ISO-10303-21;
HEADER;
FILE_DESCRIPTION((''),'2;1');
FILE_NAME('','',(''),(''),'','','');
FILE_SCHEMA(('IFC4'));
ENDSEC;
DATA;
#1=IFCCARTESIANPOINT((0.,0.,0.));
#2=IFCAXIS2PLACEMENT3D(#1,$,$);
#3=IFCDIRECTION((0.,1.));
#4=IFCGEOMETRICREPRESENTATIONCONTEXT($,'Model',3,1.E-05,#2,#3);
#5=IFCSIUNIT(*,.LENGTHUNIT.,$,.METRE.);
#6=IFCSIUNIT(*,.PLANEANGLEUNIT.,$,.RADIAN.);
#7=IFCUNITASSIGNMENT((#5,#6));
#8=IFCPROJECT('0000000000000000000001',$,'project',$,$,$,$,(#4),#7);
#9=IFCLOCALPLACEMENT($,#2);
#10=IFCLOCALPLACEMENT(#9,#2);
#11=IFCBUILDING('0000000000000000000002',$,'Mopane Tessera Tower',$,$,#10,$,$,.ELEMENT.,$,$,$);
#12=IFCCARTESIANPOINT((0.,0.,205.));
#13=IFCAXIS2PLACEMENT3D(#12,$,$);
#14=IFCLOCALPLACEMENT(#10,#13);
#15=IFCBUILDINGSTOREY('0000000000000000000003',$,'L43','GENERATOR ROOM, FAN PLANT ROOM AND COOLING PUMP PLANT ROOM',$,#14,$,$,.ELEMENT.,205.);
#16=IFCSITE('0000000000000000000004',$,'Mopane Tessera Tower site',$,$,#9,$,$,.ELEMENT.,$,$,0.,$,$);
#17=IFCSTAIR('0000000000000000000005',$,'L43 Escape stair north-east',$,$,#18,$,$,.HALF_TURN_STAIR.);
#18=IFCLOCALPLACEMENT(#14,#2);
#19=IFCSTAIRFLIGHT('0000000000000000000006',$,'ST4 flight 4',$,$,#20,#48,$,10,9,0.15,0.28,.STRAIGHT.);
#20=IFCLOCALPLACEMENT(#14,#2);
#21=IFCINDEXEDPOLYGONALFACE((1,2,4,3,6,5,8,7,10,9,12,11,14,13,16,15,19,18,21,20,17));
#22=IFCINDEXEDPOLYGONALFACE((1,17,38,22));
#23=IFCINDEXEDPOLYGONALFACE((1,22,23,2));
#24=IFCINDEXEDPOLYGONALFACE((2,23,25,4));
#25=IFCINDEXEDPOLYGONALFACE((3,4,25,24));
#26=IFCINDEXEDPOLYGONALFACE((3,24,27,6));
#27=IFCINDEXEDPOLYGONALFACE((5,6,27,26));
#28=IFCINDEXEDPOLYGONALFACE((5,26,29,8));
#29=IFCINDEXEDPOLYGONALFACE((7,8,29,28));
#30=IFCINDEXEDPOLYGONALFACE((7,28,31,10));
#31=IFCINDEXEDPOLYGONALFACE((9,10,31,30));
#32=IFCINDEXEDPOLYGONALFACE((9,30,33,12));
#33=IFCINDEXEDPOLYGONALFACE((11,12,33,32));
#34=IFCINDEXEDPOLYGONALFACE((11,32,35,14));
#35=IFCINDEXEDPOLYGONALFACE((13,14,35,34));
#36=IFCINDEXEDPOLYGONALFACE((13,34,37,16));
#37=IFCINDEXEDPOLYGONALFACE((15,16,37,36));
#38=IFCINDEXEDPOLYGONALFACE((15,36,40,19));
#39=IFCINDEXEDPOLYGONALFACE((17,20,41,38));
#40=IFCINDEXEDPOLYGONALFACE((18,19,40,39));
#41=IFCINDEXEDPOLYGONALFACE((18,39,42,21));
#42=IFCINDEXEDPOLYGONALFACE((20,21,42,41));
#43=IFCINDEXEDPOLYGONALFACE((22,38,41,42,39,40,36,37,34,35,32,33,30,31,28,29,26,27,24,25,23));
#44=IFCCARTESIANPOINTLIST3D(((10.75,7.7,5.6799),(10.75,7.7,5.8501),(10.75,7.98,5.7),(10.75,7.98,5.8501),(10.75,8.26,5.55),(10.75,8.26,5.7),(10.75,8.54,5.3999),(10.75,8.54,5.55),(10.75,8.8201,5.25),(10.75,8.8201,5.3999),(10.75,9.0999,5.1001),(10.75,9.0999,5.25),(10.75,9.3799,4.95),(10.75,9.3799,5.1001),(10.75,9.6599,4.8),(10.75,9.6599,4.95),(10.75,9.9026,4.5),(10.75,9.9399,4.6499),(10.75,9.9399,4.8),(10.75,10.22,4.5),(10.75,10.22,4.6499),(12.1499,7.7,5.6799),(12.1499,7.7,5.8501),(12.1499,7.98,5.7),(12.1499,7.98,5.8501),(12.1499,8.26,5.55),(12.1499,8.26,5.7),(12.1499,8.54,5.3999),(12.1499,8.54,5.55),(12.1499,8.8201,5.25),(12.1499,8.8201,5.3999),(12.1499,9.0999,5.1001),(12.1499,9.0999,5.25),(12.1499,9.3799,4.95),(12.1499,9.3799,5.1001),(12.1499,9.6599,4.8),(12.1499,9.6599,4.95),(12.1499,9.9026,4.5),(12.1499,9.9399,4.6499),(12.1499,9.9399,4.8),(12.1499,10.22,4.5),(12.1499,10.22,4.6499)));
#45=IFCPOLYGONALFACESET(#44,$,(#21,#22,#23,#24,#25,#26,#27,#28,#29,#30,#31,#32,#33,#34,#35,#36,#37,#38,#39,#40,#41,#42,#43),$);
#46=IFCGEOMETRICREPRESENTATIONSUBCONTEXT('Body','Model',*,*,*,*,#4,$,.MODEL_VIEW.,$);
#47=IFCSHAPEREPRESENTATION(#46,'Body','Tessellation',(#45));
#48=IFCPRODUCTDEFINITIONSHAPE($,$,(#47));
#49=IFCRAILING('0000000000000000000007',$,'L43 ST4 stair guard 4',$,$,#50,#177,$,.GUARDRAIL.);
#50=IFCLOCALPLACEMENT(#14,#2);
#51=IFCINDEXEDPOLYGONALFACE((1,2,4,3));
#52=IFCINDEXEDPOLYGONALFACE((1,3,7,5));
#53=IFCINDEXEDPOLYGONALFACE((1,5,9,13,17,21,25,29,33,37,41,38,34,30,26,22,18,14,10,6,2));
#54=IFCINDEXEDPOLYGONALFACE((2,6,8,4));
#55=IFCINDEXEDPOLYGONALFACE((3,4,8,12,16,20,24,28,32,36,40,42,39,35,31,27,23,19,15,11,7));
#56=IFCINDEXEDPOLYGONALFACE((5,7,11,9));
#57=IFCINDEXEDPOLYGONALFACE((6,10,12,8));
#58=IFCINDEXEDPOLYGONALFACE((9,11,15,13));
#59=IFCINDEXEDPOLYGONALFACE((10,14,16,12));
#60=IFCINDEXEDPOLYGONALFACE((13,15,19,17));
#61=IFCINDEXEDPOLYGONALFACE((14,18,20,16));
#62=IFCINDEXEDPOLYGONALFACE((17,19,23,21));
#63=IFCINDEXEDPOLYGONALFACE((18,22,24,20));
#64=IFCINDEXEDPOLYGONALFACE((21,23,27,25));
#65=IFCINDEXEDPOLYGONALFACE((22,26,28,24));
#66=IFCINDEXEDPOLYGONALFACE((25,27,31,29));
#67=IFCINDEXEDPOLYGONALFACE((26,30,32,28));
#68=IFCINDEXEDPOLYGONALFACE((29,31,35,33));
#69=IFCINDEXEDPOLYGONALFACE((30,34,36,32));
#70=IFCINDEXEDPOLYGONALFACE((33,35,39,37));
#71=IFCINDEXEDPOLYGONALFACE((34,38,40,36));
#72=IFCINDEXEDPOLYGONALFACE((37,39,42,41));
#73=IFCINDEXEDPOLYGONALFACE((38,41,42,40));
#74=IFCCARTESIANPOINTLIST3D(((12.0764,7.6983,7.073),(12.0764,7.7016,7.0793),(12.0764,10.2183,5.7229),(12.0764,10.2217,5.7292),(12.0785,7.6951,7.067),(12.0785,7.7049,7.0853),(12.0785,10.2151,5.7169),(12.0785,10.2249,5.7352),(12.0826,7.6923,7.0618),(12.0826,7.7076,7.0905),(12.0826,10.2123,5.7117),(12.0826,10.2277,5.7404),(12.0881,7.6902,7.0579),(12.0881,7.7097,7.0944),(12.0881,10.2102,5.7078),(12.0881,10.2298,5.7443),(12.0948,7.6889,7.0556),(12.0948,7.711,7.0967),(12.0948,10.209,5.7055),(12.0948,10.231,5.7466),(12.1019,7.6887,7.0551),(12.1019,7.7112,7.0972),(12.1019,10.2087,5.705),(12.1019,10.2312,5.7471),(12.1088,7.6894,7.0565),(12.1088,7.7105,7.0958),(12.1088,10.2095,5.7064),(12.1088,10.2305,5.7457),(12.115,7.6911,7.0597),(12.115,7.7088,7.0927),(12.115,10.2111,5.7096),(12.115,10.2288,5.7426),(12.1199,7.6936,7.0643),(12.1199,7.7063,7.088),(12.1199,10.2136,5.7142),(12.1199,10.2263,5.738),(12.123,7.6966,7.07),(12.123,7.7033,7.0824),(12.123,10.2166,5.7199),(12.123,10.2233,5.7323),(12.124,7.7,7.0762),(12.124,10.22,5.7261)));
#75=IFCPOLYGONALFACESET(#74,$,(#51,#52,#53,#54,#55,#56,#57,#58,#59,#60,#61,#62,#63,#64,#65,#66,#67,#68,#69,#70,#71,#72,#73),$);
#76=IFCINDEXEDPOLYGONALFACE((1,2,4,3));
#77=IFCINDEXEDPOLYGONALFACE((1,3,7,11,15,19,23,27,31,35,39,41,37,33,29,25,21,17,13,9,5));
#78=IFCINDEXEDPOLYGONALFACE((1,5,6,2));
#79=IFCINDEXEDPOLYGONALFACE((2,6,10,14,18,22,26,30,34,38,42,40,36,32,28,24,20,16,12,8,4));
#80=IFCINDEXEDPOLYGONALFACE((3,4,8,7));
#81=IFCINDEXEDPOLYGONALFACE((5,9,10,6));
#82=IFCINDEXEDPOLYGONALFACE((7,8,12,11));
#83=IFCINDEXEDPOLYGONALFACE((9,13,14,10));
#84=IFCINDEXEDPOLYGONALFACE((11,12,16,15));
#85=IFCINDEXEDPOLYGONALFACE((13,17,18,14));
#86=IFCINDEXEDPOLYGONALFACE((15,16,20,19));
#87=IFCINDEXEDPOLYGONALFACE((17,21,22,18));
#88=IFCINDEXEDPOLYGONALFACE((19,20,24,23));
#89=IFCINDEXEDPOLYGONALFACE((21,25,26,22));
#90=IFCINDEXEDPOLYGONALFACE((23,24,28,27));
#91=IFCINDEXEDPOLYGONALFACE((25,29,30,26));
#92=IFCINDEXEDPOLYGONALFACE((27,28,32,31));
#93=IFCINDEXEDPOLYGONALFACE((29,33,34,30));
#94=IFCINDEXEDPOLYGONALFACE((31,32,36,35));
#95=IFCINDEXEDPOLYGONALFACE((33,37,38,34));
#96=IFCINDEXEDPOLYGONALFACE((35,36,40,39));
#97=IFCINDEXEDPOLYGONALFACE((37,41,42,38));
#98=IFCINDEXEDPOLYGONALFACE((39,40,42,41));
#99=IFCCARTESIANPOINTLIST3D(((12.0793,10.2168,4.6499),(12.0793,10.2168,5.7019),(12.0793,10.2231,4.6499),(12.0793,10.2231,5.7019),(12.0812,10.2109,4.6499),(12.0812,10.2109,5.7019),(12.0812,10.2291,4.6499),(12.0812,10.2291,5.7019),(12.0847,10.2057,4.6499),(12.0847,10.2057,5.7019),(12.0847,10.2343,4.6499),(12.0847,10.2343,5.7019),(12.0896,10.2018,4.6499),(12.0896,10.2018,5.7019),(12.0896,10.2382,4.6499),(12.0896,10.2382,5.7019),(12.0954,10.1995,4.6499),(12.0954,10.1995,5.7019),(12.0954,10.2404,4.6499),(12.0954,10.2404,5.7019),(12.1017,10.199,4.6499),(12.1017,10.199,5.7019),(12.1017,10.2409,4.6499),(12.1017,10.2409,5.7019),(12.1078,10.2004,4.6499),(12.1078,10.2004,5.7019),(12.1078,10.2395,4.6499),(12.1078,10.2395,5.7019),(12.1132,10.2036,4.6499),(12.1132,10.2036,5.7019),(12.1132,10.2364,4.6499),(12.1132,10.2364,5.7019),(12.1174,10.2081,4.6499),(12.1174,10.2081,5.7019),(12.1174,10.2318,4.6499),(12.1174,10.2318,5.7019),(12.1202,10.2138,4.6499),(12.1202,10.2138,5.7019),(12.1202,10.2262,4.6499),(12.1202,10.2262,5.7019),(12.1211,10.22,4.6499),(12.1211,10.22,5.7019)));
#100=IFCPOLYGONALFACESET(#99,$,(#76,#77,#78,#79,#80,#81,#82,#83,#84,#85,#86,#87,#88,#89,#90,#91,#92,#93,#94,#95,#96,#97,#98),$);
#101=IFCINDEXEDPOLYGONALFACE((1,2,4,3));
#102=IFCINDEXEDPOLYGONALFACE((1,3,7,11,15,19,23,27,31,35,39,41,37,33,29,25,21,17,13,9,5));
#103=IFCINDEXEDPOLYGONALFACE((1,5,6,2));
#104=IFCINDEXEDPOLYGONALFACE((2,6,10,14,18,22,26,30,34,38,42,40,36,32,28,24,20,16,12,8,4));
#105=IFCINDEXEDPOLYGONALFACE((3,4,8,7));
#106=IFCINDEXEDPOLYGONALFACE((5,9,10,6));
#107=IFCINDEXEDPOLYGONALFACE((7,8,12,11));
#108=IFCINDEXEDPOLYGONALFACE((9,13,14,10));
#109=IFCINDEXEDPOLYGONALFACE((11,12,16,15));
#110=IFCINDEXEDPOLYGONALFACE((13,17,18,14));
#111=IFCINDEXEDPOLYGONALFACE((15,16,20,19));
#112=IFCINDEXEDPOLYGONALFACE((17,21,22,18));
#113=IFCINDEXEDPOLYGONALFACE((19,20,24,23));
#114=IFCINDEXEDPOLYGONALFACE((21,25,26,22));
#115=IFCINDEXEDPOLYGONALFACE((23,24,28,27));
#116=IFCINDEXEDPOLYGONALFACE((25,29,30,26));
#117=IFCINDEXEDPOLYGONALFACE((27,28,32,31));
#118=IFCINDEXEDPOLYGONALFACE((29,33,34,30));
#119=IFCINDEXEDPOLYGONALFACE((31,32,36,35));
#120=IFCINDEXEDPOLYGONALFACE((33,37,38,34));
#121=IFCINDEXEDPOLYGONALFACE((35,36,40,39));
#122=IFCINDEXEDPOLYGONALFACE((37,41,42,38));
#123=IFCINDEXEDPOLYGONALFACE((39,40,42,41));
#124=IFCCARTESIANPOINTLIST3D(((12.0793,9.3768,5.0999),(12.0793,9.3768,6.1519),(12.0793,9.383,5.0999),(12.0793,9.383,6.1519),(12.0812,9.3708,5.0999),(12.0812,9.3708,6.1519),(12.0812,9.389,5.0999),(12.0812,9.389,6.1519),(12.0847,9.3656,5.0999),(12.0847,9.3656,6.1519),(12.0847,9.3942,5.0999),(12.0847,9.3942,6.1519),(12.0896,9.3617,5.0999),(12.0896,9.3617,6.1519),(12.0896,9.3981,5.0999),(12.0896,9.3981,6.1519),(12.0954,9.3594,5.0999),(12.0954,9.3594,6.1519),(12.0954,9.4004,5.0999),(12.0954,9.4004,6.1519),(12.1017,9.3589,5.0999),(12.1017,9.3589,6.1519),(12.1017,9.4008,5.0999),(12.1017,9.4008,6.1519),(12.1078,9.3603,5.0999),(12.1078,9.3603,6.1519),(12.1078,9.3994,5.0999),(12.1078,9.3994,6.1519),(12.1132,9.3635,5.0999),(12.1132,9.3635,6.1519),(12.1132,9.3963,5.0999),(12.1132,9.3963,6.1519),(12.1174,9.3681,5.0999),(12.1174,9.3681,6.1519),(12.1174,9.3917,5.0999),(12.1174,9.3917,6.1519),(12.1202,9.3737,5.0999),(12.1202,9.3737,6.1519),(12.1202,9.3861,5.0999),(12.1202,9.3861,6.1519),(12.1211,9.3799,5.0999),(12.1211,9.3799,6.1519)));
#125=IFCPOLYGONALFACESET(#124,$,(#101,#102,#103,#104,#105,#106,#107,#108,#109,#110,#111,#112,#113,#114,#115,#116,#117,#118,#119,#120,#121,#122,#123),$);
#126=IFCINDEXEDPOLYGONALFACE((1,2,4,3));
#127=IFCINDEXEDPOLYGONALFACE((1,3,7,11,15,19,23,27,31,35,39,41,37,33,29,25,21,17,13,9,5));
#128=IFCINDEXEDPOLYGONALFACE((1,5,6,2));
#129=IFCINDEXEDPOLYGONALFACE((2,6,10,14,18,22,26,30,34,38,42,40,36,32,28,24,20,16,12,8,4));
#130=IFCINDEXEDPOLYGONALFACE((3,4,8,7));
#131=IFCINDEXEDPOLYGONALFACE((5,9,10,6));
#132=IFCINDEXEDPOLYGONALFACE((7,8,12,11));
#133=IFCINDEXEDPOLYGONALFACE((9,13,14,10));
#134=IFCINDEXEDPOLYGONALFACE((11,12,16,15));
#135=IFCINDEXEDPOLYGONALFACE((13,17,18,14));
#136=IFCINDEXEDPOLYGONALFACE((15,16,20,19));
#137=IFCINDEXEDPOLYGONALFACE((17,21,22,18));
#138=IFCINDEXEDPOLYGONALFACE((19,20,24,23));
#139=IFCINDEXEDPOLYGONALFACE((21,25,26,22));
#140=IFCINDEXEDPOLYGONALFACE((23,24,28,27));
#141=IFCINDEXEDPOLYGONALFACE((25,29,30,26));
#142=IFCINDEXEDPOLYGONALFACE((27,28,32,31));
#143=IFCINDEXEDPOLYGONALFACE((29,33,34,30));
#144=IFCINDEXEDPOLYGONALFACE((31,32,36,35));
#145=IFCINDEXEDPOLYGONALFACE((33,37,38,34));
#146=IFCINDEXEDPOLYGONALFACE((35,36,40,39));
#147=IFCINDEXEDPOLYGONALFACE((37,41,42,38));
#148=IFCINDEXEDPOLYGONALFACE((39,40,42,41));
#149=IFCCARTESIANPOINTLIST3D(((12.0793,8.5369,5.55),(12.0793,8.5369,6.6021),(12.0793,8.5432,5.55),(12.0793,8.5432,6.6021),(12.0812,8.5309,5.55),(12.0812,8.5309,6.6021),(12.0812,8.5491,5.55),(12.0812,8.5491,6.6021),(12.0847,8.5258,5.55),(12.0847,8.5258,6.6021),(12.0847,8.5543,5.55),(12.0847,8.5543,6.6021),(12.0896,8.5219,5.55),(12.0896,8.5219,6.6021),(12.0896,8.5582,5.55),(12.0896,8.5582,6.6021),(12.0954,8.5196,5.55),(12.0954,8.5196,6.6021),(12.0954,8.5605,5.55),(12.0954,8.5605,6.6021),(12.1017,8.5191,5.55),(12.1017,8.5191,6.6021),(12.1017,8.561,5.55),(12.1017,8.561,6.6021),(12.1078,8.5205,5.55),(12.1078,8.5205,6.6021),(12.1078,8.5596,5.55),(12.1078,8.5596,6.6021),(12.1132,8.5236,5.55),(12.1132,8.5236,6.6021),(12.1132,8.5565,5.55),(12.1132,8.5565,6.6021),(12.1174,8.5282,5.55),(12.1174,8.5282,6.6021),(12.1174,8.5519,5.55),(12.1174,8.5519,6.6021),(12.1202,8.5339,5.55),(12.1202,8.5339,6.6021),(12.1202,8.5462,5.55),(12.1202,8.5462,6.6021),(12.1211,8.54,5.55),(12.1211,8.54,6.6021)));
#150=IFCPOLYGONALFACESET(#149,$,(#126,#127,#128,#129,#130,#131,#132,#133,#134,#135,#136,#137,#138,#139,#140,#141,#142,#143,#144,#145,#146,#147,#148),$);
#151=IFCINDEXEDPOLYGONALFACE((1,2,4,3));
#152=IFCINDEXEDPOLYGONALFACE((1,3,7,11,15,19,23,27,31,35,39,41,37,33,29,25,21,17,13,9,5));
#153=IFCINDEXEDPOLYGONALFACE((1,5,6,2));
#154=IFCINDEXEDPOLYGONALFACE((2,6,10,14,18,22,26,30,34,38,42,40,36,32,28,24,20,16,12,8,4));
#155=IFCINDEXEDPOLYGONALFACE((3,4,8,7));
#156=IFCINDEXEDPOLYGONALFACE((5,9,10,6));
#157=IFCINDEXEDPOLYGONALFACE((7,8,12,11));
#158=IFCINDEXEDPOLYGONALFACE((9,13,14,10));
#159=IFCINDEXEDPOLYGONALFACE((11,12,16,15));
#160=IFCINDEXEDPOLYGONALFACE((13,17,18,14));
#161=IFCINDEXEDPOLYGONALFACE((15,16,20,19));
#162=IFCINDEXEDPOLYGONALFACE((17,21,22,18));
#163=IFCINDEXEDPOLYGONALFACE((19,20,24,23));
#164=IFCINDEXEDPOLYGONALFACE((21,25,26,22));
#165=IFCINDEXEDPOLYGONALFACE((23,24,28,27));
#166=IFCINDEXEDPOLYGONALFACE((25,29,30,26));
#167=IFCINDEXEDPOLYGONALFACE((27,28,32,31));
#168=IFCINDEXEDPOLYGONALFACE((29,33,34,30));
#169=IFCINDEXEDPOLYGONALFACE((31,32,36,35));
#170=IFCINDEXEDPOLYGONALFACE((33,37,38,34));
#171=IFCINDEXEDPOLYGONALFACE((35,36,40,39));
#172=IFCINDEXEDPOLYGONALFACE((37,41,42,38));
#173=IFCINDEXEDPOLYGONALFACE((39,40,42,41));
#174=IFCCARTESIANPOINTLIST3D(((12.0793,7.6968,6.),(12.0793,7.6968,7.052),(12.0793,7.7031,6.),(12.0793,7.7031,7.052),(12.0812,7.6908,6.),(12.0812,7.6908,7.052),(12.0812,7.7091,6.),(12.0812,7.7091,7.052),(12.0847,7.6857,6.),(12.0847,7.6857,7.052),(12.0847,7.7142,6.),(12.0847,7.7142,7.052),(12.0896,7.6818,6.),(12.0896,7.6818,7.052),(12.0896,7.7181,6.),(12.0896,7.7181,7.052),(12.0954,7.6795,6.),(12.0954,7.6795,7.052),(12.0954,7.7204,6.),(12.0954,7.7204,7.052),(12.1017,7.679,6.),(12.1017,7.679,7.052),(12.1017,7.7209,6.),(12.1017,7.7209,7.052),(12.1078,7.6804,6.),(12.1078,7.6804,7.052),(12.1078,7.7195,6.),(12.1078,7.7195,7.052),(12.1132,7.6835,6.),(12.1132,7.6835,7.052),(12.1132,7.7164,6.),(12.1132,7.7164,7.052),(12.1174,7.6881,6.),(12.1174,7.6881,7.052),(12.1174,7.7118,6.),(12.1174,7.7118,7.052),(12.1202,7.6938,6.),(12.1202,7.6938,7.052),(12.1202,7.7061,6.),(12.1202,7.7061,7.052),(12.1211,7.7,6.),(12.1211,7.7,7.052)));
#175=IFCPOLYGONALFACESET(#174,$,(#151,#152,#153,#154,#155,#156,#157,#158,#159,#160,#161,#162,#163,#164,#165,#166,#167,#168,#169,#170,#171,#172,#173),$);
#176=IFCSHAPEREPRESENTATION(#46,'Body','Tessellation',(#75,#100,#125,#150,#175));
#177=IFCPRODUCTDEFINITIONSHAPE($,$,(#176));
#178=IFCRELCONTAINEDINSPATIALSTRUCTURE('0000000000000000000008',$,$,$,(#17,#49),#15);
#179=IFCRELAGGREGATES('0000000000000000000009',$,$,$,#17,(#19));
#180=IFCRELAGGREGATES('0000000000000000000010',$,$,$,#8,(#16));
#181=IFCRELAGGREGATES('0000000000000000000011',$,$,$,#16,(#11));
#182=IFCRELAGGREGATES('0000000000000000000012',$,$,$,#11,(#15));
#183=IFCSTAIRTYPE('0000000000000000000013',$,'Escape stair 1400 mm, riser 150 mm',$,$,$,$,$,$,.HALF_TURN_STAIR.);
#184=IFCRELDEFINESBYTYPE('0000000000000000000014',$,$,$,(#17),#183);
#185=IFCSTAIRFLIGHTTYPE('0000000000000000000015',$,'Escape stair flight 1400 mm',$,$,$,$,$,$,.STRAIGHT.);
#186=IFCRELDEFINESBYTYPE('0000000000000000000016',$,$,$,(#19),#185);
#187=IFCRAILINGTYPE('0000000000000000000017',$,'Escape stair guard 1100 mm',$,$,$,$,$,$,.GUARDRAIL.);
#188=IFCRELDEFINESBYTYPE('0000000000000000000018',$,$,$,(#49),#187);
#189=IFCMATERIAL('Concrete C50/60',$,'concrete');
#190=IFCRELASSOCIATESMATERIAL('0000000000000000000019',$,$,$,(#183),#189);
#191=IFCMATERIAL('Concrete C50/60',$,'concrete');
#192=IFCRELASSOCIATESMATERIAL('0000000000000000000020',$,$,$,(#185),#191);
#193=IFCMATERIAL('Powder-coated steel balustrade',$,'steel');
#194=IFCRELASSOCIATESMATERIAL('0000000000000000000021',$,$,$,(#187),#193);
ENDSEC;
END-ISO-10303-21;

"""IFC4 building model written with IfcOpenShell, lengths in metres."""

from ifc_helpers import new_model, si_unit, direction, frame, origin, origin_2d, place, context, subcontext, project, spatial, polyline, circle, outline, extrude, material, type_object, element, aggregate, save


model = new_model("IFC4")

# Units and contexts
model_context = context("Model", 3, precision=1e-05, world=origin(), true_north=direction((0.0, 1.0)))
body_context = subcontext(model_context, "Body", "Model", "MODEL_VIEW")
ifc_project = project(units=[si_unit("LENGTHUNIT", "METRE"), si_unit("PLANEANGLEUNIT", "RADIAN")], contexts=[model_context])

# Site, building, storey
site_placement = place(None, origin())
site = spatial("IfcSite", under=ifc_project, at=site_placement, Name="Mopane Tessera Tower site", CompositionType="ELEMENT", RefElevation=0.0)
building_placement = place(site_placement, origin())
building = spatial("IfcBuilding", under=site, at=building_placement, Name="Mopane Tessera Tower", CompositionType="ELEMENT")
storey_placement = place(building_placement, frame((0.0, 0.0, 205.0)))
storey = spatial("IfcBuildingStorey", under=building, at=storey_placement, Name="L43", Description="GENERATOR ROOM, FAN PLANT ROOM AND COOLING PUMP PLANT ROOM", CompositionType="ELEMENT", Elevation=205.0)

# Stair, stair flight
ifc_material_1 = material(Name="Concrete C50/60", Category="concrete")
stair_type = type_object("IfcStairType", Name="Escape stair 1400 mm, riser 150 mm", PredefinedType="HALF_TURN_STAIR", material=ifc_material_1)
stair_placement = place(storey_placement, origin())
stair = element("IfcStair", 1, at=stair_placement, inside=storey, type_object=stair_type, Name="L43 Escape stair north-east", PredefinedType="HALF_TURN_STAIR")
ifc_material_2 = material(Name="Concrete C50/60", Category="concrete")
stair_flight_type = type_object("IfcStairFlightType", Name="Escape stair flight 1400 mm", PredefinedType="STRAIGHT", material=ifc_material_2)
stair_flight_1_placement = place(storey_placement, frame((11.45, 10.22, 4.5), z_axis=(0.0, 0.0, 1.0), x_axis=(0.0, -1.0, 0.0)))
stair_flight_1 = element("IfcStairFlight", 2, at=stair_flight_1_placement, type_object=stair_flight_type, Name="ST4 flight 4", NumberOfRisers=10, NumberOfTreads=9, PredefinedType="STRAIGHT", RiserHeight=0.15, TreadLength=0.28, context=body_context, shape_type="SweptSolid", body=[
    extrude(outline(polyline([(0.0, 0.0), (0.0, 0.1499), (0.28, 0.1499), (0.28, 0.3), (0.5601, 0.3), (0.5601, 0.45), (0.8401, 0.45), (0.8401, 0.6001), (1.1201, 0.6001), (1.1201, 0.75), (1.3999, 0.75), (1.3999, 0.8999), (1.6799, 0.8999), (1.6799, 1.05), (1.96, 1.05), (1.96, 1.2), (2.24, 1.2), (2.24, 1.3501), (2.52, 1.3501), (2.52, 1.5), (2.52, 1.1799), (0.3174, 0.0), (0.0, 0.0)])), frame((0.0, 0.7, 0.0), z_axis=(0.0, -1.0, 0.0), x_axis=(1.0, 0.0, 0.0)), (0.0, 0.0, 1.0), 1.3999),
])
aggregate(stair, [stair_flight_1])

# Railing
ifc_material_3 = material(Name="Powder-coated steel balustrade", Category="steel")
railing_type_1 = type_object("IfcRailingType", Name="Escape stair guard 1100 mm", PredefinedType="GUARDRAIL", material=ifc_material_3)
railing_1_placement = place(storey_placement, frame((12.1001, 10.22, 4.6499)))
element("IfcRailing", 3, at=railing_1_placement, inside=storey, type_object=railing_type_1, Name="L43 ST4 stair guard 4", PredefinedType="GUARDRAIL", context=body_context, shape_type="SweptSolid", body=[
    extrude(circle(Radius=0.0239, at=origin_2d()), frame((0.0, 0.0, 1.0762), z_axis=(0.0, -0.881467, 0.472245), x_axis=(1.0, 0.0, 0.0)), (0.0, 0.0, 1.0), 2.8589),
    extrude(circle(Radius=0.021, at=origin_2d()), origin(), (0.0, 0.0, 1.0), 1.052),
    extrude(circle(Radius=0.021, at=origin_2d()), frame((0.0, -0.8401, 0.45)), (0.0, 0.0, 1.0), 1.052),
    extrude(circle(Radius=0.021, at=origin_2d()), frame((0.0, -1.6799, 0.9001)), (0.0, 0.0, 1.0), 1.052),
    extrude(circle(Radius=0.021, at=origin_2d()), frame((0.0, -2.52, 1.3501)), (0.0, 0.0, 1.0), 1.052),
])

save(model, "model.ifc")
